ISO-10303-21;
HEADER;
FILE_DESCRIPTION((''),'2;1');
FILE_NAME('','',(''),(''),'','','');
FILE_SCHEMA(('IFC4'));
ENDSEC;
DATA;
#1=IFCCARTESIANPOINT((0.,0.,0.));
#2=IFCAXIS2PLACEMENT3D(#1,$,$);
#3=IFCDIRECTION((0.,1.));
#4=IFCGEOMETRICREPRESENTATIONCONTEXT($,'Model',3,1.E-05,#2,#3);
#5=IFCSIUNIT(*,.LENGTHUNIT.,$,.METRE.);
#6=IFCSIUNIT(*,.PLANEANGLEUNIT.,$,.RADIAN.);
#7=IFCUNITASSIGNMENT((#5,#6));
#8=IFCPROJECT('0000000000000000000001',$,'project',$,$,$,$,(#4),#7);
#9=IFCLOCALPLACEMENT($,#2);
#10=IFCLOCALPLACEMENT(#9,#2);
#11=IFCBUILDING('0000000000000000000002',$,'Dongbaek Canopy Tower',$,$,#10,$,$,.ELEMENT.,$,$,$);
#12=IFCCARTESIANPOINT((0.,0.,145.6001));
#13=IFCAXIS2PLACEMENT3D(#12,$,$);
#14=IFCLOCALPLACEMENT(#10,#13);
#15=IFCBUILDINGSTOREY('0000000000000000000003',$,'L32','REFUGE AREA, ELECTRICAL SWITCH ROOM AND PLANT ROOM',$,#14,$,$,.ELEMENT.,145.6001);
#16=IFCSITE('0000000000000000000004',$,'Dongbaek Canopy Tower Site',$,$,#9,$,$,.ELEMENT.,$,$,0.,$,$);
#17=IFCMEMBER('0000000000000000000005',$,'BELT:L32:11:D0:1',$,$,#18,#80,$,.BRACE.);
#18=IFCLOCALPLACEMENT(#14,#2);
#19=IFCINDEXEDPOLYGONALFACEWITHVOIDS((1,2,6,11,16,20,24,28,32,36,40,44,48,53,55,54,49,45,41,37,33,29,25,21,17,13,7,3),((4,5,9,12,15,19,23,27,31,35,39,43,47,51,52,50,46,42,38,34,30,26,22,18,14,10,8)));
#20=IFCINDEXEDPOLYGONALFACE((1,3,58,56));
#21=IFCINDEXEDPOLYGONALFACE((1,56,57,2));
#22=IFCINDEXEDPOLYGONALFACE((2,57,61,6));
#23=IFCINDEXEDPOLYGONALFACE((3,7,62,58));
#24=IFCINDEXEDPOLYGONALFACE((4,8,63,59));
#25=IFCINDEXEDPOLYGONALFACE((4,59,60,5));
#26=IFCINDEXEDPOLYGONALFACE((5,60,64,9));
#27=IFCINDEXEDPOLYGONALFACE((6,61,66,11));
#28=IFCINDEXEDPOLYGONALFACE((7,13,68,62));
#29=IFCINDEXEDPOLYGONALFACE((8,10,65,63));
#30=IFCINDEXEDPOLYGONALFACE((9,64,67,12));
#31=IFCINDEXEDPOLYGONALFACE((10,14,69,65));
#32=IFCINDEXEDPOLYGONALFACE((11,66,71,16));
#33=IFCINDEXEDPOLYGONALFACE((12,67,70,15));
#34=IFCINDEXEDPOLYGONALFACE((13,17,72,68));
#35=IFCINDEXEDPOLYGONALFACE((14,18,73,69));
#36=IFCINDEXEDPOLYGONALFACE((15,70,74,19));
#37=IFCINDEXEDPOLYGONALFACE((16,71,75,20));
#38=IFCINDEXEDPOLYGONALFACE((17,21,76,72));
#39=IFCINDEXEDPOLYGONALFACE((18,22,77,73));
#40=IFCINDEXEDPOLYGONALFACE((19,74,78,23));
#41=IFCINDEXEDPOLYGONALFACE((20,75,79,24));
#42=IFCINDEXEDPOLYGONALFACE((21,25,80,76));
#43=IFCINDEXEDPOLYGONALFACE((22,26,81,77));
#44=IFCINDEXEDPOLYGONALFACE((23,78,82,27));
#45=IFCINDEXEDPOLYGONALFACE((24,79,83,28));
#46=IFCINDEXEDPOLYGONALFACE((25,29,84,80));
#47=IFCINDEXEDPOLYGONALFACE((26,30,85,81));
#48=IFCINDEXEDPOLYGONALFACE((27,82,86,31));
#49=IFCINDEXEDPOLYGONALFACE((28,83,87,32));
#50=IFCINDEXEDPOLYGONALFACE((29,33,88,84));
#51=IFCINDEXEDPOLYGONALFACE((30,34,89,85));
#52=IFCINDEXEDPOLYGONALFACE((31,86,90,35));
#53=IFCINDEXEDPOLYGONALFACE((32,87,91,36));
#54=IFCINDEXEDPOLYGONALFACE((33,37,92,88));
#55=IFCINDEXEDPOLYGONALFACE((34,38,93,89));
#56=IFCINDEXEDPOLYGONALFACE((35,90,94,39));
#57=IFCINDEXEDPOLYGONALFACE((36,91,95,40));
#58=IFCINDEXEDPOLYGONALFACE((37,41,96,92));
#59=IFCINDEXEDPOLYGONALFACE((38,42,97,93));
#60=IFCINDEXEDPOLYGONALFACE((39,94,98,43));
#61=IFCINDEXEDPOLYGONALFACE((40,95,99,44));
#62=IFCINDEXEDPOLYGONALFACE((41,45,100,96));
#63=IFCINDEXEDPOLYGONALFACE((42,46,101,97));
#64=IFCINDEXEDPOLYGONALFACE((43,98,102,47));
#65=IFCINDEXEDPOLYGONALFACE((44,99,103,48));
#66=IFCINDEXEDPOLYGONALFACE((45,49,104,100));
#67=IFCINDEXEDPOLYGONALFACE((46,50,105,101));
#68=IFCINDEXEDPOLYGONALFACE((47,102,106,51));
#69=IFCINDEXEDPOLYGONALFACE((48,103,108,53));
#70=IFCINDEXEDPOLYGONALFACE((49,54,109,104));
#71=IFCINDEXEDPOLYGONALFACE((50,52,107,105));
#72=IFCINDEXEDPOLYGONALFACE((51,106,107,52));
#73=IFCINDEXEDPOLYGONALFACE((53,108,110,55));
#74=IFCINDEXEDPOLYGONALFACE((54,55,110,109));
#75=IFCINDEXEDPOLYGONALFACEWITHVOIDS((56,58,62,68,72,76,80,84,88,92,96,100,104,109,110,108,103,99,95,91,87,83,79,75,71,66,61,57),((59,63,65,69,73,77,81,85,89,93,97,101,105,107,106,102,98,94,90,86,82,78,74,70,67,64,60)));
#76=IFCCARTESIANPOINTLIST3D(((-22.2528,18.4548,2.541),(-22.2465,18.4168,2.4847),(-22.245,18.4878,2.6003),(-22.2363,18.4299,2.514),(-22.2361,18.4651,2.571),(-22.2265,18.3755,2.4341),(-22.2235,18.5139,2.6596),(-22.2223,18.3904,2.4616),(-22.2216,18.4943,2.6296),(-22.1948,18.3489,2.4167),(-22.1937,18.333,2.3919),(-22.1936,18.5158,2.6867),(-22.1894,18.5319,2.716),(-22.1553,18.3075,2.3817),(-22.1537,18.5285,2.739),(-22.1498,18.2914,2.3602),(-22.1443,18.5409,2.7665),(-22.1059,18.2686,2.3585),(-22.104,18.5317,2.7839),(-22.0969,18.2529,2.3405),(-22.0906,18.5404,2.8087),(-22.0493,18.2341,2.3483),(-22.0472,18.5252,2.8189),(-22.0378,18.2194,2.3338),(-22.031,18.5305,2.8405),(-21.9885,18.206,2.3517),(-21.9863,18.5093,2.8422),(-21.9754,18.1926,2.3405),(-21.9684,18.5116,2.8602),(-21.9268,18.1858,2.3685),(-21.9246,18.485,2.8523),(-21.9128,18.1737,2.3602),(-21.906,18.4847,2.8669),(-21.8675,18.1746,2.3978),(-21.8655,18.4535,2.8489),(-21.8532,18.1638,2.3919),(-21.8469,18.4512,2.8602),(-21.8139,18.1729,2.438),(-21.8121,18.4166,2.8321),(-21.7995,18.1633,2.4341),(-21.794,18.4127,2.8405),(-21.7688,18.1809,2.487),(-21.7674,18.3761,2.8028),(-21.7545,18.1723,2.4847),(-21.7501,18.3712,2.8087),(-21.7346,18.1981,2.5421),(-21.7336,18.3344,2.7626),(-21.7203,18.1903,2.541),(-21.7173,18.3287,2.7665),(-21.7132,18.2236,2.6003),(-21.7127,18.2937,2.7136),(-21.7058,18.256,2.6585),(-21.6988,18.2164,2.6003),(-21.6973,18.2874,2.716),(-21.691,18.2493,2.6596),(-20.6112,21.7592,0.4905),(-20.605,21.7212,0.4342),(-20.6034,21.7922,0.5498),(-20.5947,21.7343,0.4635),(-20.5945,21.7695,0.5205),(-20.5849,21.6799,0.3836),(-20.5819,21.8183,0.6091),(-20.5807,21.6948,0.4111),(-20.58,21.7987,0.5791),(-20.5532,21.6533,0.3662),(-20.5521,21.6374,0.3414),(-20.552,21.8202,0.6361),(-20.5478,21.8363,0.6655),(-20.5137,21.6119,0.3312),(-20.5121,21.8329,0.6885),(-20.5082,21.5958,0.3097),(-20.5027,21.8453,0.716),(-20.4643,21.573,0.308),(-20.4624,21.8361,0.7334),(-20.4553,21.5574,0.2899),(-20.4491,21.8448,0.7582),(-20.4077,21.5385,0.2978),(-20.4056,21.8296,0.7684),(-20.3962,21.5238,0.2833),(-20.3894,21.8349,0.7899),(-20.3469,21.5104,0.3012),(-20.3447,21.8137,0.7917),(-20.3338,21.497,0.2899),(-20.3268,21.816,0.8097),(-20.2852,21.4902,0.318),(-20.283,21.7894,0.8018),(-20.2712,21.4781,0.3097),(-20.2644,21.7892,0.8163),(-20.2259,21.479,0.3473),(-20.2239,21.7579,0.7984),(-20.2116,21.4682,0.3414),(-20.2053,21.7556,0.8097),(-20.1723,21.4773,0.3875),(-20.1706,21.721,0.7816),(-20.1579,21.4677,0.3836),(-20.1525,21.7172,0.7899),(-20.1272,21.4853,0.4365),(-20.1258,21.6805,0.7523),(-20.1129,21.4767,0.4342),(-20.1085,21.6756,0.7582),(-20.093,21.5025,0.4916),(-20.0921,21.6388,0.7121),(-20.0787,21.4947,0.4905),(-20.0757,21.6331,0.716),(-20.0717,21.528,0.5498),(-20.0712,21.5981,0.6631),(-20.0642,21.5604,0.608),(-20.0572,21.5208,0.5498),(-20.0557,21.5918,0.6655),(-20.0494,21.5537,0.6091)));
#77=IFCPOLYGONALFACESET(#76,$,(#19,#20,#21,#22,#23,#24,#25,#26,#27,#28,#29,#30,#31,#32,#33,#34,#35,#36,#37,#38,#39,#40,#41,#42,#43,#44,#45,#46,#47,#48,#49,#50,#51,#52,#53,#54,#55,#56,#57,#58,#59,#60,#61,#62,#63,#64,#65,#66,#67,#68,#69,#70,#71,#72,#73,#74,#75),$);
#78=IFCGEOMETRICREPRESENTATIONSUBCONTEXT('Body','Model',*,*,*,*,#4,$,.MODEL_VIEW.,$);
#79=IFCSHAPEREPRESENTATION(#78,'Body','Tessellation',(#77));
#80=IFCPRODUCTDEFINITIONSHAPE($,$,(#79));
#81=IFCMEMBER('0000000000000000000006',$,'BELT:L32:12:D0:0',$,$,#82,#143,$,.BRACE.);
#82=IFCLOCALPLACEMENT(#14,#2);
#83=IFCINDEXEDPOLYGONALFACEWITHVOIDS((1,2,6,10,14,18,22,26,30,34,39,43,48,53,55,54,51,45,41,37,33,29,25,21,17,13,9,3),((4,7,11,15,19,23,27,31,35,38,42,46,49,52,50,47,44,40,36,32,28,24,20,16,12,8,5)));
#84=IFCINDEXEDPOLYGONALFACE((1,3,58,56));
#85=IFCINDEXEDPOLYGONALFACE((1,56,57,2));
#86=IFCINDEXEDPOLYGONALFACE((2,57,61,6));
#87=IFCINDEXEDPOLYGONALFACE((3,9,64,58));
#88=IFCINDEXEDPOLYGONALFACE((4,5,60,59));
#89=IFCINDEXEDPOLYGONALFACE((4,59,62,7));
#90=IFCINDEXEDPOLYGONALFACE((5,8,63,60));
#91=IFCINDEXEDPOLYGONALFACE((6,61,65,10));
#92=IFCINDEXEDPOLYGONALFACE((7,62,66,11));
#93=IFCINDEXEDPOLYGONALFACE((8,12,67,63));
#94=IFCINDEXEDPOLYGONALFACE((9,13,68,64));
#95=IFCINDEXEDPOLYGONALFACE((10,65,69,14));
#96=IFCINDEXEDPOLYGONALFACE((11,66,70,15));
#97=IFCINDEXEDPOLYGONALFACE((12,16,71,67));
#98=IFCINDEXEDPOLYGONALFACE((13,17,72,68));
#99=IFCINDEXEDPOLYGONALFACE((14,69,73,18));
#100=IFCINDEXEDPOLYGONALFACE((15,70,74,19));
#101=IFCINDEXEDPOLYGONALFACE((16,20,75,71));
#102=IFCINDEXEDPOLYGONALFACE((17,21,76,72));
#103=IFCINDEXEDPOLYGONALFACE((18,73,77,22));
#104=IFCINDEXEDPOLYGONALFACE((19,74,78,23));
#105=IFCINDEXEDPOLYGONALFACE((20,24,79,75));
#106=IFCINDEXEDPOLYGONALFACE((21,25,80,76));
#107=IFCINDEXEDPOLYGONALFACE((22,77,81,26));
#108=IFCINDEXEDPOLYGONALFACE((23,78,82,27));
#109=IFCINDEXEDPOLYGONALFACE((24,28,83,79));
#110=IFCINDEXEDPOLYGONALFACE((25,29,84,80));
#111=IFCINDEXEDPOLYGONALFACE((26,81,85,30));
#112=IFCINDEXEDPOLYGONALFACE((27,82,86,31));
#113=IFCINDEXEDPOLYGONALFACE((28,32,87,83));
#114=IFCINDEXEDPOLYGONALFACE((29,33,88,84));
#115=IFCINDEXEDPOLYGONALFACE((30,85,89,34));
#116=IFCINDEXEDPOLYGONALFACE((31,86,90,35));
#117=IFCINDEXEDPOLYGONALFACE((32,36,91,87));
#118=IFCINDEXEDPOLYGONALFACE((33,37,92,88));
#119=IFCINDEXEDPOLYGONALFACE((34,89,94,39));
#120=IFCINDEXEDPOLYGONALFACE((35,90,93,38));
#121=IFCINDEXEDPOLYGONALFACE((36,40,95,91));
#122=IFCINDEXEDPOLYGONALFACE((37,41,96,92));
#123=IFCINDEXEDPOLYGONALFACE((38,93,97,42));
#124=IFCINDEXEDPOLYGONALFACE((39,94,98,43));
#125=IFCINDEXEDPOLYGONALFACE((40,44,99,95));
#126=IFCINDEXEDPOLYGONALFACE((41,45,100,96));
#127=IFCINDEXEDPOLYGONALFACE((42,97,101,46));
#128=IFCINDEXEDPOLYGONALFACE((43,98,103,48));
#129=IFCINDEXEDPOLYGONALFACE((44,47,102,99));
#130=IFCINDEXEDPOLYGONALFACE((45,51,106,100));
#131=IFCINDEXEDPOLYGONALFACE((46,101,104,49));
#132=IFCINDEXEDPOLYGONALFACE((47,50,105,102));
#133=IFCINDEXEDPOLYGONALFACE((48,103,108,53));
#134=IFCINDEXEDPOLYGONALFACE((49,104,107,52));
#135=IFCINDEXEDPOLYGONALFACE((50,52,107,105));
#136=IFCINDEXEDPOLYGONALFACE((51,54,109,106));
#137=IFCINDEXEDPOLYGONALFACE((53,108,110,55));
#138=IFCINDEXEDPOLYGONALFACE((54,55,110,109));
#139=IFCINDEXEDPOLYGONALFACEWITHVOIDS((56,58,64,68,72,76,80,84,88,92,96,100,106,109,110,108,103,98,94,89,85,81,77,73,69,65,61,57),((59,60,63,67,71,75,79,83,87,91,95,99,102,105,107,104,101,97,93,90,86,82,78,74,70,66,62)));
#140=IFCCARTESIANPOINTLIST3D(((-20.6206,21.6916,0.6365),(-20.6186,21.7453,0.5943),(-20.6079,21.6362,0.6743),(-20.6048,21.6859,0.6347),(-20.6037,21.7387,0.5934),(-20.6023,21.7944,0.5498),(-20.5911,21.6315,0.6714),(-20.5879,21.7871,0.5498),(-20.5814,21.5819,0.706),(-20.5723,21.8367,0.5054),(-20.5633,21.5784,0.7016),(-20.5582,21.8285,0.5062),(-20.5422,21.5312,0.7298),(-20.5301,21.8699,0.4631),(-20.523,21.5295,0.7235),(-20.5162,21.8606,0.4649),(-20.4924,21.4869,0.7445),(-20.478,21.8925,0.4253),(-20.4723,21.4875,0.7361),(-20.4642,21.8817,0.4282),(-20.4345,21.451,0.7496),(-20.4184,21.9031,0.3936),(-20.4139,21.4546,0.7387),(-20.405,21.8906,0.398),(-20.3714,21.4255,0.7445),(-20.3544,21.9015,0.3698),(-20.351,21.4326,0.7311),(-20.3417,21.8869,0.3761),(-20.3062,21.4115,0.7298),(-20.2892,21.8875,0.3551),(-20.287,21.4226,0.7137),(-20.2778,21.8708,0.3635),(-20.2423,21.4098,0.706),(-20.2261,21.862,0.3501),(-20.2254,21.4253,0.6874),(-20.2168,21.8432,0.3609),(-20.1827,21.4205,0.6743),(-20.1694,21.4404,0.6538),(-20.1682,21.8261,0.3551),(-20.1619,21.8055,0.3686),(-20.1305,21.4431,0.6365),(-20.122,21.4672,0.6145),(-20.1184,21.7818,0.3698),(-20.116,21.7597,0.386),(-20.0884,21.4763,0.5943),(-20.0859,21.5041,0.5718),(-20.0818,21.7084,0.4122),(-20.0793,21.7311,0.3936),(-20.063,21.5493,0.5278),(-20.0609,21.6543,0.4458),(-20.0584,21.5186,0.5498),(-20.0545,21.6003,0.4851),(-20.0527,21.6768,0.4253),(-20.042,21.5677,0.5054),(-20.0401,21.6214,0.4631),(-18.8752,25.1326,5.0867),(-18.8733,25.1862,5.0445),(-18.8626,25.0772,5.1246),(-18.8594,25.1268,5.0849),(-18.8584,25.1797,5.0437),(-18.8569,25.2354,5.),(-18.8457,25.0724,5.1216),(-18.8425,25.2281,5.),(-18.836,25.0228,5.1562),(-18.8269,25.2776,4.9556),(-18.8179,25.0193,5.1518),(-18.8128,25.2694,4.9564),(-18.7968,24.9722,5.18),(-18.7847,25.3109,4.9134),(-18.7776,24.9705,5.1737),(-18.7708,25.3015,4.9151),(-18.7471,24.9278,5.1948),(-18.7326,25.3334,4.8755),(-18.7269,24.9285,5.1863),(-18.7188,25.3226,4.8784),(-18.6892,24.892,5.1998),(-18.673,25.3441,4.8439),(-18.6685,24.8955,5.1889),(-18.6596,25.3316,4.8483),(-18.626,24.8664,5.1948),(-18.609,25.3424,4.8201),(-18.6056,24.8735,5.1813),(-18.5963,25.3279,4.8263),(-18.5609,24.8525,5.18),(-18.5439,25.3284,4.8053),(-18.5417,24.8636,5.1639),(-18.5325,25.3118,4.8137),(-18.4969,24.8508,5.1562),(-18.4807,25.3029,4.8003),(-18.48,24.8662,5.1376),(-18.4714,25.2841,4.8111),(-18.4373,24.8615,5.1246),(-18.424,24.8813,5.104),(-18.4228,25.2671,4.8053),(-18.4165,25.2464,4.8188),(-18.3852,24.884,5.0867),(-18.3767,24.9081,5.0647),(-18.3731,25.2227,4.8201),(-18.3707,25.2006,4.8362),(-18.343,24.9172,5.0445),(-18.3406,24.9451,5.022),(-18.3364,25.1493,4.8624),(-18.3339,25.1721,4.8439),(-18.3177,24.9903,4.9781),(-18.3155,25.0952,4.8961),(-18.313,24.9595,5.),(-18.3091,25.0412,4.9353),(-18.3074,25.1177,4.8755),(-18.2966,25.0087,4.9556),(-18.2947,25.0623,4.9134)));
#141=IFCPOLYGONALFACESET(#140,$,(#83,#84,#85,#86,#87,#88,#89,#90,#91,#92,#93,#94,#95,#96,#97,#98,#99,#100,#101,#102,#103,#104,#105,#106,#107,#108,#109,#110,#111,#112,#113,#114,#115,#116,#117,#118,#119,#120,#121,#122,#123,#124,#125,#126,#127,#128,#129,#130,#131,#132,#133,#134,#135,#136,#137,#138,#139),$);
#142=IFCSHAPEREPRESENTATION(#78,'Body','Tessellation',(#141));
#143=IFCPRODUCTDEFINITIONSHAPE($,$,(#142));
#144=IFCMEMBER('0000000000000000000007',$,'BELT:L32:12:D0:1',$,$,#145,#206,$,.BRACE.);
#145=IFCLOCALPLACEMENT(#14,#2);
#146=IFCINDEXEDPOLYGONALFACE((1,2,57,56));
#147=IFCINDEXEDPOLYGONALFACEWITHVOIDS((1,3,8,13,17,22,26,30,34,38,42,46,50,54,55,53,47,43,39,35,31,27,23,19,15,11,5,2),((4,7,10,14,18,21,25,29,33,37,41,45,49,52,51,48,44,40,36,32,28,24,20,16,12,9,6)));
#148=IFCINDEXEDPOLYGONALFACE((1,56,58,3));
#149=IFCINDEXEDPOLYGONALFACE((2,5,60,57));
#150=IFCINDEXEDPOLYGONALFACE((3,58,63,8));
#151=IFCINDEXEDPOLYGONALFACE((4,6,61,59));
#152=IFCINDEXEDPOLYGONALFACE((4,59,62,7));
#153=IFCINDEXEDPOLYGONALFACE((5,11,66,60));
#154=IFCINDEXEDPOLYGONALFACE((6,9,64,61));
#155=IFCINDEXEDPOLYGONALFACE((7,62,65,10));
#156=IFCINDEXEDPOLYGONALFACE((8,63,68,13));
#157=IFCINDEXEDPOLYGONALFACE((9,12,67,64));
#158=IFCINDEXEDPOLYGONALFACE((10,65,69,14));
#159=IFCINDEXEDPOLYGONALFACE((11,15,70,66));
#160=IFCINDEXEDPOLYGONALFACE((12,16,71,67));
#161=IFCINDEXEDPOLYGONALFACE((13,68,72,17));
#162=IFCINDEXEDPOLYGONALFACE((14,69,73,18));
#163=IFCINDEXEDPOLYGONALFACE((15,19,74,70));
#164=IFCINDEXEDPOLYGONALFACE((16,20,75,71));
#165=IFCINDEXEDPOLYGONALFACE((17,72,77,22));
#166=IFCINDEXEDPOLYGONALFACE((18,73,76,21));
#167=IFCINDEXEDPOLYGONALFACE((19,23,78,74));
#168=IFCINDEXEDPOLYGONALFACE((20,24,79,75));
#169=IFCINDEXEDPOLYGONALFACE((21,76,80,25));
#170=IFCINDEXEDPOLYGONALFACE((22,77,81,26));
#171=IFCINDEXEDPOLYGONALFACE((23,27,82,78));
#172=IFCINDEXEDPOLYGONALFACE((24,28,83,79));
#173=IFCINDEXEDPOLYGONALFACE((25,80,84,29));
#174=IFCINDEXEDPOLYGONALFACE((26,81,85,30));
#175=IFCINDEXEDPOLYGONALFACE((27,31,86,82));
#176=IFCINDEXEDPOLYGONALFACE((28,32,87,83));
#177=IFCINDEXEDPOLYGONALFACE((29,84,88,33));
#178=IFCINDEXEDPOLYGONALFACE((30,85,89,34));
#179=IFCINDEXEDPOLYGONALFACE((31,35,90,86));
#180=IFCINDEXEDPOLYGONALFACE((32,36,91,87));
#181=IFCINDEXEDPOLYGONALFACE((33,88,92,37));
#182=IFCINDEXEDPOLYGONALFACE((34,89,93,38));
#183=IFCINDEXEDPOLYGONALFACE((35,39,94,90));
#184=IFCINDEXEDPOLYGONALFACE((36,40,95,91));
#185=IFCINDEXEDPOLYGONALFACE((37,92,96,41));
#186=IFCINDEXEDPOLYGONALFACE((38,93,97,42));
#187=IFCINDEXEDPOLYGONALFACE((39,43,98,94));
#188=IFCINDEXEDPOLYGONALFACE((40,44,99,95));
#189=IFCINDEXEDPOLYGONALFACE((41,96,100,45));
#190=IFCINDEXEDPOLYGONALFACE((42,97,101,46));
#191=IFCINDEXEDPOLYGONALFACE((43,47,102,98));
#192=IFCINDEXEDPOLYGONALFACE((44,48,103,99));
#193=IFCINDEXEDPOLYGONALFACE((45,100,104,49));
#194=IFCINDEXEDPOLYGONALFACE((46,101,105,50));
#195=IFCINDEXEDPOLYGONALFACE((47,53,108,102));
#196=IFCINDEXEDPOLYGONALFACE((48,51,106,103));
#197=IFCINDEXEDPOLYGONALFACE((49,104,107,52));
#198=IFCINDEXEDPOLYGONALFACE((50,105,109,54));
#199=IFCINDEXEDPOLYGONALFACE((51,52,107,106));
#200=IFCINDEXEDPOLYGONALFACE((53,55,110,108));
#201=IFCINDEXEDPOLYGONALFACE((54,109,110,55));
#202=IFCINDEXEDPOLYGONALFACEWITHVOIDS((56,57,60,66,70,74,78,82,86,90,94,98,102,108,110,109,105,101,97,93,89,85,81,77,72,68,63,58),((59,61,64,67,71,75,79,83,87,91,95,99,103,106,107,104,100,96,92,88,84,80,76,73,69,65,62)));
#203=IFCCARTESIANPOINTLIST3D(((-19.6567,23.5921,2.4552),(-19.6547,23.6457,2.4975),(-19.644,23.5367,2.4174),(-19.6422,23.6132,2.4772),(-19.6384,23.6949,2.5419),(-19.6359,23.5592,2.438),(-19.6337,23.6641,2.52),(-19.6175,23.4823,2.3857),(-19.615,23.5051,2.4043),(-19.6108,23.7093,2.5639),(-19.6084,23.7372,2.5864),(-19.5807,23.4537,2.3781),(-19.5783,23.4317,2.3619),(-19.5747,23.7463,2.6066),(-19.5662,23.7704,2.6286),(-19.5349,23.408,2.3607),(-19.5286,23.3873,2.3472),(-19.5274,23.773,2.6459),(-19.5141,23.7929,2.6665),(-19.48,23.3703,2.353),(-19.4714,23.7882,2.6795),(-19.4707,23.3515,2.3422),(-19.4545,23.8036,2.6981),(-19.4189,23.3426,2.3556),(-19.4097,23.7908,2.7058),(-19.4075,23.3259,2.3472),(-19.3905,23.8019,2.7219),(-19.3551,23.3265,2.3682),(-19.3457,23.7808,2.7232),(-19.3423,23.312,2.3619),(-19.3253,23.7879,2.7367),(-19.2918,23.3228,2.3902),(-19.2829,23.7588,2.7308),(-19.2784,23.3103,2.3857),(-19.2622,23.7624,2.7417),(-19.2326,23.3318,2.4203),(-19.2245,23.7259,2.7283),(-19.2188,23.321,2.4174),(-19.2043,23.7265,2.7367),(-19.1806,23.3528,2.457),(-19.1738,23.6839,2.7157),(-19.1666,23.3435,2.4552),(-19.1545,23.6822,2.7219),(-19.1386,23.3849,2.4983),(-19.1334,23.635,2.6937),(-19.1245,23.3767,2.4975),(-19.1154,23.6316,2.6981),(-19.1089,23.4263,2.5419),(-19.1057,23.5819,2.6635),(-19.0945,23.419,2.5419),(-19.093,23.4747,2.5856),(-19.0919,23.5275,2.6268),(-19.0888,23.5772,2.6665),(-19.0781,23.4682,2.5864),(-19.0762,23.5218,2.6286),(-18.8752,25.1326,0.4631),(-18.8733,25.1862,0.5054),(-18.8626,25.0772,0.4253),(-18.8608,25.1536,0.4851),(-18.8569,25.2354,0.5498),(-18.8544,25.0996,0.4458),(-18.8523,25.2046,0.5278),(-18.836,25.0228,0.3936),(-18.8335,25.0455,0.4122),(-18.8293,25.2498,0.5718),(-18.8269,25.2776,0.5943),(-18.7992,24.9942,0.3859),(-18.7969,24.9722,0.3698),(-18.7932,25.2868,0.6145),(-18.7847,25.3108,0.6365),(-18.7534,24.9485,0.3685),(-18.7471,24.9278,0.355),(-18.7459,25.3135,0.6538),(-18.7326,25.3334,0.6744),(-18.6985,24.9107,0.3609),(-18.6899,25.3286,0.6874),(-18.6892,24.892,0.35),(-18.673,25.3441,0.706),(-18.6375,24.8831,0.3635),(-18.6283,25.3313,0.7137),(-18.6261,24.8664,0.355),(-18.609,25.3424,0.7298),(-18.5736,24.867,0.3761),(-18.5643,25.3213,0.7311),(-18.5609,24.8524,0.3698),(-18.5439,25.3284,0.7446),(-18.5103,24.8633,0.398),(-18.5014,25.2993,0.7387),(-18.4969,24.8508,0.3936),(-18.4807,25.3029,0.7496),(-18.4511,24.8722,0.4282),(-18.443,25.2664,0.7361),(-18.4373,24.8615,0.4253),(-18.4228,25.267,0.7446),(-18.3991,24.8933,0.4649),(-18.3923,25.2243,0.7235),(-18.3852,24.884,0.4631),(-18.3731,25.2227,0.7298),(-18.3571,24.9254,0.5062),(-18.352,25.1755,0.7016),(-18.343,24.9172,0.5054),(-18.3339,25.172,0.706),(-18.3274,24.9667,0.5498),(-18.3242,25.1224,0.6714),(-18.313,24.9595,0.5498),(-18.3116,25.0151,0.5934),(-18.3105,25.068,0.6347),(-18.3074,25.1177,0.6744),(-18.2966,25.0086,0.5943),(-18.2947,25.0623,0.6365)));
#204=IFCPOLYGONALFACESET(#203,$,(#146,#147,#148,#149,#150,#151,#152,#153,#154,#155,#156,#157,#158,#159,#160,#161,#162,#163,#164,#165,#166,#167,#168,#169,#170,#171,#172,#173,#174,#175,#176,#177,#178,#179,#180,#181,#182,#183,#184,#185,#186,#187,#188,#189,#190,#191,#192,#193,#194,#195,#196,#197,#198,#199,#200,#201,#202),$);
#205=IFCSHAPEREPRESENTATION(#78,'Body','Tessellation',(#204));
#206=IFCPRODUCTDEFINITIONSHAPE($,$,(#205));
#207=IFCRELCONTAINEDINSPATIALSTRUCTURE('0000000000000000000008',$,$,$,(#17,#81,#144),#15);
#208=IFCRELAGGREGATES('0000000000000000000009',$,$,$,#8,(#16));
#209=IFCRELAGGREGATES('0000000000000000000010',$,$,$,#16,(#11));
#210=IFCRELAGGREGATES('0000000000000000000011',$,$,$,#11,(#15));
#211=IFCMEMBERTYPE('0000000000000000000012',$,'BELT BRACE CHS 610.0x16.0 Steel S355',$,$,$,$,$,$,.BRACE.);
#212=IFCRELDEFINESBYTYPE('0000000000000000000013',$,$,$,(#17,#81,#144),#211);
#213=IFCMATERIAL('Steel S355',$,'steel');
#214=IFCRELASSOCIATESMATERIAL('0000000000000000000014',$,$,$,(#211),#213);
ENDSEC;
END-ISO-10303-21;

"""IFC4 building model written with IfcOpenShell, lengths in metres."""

from ifc_helpers import new_model, si_unit, direction, frame, origin, origin_2d, place, context, subcontext, project, spatial, hollow_circle, extrude, material, material_profile, profile_set, type_object, element, save


model = new_model("IFC4")

# Units and contexts
model_context = context("Model", 3, precision=1e-05, world=origin(), true_north=direction((0.0, 1.0)))
body_context = subcontext(model_context, "Body", "Model", "MODEL_VIEW")
ifc_project = project(units=[si_unit("LENGTHUNIT", "METRE"), si_unit("PLANEANGLEUNIT", "RADIAN")], contexts=[model_context])

# Site, building, storey
site_placement = place(None, origin())
site = spatial("IfcSite", under=ifc_project, at=site_placement, Name="Dongbaek Canopy Tower Site", CompositionType="ELEMENT", RefElevation=0.0)
building_placement = place(site_placement, origin())
building = spatial("IfcBuilding", under=site, at=building_placement, Name="Dongbaek Canopy Tower", CompositionType="ELEMENT")
storey_placement = place(building_placement, frame((0.0, 0.0, 145.6001)))
storey = spatial("IfcBuildingStorey", under=building, at=storey_placement, Name="L32", Description="REFUGE AREA, ELECTRICAL SWITCH ROOM AND PLANT ROOM", CompositionType="ELEMENT", Elevation=145.6001)

# Members
ifc_material_1 = material(Name="Steel S355", Category="steel")
ifc_material_profile_1 = material_profile(ifc_material_1, hollow_circle(Radius=0.3049, WallThickness=0.0161, at=origin_2d()), Name="BELT BRACE CHS 610.0x16.0 Steel S355")
ifc_profile_set_1 = profile_set([ifc_material_profile_1], Name="Steel S355")
member_type_1 = type_object("IfcMemberType", Name="BELT BRACE CHS 610.0x16.0 Steel S355", PredefinedType="BRACE", material=ifc_profile_set_1)
member_1_placement = place(storey_placement, frame((-20.3303, 21.6565, 0.5498), z_axis=(-0.38889, -0.782813, 0.485766), x_axis=(0.895576, -0.444909, 0.0)))
element("IfcMember", 1, at=member_1_placement, inside=storey, type_object=member_type_1, Name="BELT:L32:11:D0:1", PredefinedType="BRACE", context=body_context, shape_type="SweptSolid", body=[
    extrude(hollow_circle(Radius=0.3049, WallThickness=0.0161, at=origin_2d()), origin(), (0.0, 0.0, 1.0), 4.2212),
])
member_2_placement = place(storey_placement, frame((-20.3303, 21.6565, 0.5498), z_axis=(0.296333, 0.584211, 0.755569), x_axis=(-0.891831, 0.45237, 0.0)))
element("IfcMember", 2, at=member_2_placement, inside=storey, type_object=member_type_1, Name="BELT:L32:12:D0:0", PredefinedType="BRACE", context=body_context, shape_type="SweptSolid", body=[
    extrude(hollow_circle(Radius=0.3049, WallThickness=0.0161, at=origin_2d()), origin(), (0.0, 0.0, 1.0), 5.8899),
])
for number, where, z_axis, x_axis, name in (
    (3, (-18.585, 25.0974, 0.5498), (-0.296379, -0.584239, 0.755529), (0.891812, -0.452407, 0.0), "BELT:L32:12:D0:1"),
):
    element("IfcMember", number, at=place(storey_placement, frame(where, z_axis=z_axis, x_axis=x_axis)), inside=storey, type_object=member_type_1, Name=name, PredefinedType="BRACE", context=body_context, shape_type="SweptSolid", body=[
        extrude(hollow_circle(Radius=0.3049, WallThickness=0.0161, at=origin_2d()), origin(), (0.0, 0.0, 1.0), 2.6367),
    ])

save(model, "model.ifc")
